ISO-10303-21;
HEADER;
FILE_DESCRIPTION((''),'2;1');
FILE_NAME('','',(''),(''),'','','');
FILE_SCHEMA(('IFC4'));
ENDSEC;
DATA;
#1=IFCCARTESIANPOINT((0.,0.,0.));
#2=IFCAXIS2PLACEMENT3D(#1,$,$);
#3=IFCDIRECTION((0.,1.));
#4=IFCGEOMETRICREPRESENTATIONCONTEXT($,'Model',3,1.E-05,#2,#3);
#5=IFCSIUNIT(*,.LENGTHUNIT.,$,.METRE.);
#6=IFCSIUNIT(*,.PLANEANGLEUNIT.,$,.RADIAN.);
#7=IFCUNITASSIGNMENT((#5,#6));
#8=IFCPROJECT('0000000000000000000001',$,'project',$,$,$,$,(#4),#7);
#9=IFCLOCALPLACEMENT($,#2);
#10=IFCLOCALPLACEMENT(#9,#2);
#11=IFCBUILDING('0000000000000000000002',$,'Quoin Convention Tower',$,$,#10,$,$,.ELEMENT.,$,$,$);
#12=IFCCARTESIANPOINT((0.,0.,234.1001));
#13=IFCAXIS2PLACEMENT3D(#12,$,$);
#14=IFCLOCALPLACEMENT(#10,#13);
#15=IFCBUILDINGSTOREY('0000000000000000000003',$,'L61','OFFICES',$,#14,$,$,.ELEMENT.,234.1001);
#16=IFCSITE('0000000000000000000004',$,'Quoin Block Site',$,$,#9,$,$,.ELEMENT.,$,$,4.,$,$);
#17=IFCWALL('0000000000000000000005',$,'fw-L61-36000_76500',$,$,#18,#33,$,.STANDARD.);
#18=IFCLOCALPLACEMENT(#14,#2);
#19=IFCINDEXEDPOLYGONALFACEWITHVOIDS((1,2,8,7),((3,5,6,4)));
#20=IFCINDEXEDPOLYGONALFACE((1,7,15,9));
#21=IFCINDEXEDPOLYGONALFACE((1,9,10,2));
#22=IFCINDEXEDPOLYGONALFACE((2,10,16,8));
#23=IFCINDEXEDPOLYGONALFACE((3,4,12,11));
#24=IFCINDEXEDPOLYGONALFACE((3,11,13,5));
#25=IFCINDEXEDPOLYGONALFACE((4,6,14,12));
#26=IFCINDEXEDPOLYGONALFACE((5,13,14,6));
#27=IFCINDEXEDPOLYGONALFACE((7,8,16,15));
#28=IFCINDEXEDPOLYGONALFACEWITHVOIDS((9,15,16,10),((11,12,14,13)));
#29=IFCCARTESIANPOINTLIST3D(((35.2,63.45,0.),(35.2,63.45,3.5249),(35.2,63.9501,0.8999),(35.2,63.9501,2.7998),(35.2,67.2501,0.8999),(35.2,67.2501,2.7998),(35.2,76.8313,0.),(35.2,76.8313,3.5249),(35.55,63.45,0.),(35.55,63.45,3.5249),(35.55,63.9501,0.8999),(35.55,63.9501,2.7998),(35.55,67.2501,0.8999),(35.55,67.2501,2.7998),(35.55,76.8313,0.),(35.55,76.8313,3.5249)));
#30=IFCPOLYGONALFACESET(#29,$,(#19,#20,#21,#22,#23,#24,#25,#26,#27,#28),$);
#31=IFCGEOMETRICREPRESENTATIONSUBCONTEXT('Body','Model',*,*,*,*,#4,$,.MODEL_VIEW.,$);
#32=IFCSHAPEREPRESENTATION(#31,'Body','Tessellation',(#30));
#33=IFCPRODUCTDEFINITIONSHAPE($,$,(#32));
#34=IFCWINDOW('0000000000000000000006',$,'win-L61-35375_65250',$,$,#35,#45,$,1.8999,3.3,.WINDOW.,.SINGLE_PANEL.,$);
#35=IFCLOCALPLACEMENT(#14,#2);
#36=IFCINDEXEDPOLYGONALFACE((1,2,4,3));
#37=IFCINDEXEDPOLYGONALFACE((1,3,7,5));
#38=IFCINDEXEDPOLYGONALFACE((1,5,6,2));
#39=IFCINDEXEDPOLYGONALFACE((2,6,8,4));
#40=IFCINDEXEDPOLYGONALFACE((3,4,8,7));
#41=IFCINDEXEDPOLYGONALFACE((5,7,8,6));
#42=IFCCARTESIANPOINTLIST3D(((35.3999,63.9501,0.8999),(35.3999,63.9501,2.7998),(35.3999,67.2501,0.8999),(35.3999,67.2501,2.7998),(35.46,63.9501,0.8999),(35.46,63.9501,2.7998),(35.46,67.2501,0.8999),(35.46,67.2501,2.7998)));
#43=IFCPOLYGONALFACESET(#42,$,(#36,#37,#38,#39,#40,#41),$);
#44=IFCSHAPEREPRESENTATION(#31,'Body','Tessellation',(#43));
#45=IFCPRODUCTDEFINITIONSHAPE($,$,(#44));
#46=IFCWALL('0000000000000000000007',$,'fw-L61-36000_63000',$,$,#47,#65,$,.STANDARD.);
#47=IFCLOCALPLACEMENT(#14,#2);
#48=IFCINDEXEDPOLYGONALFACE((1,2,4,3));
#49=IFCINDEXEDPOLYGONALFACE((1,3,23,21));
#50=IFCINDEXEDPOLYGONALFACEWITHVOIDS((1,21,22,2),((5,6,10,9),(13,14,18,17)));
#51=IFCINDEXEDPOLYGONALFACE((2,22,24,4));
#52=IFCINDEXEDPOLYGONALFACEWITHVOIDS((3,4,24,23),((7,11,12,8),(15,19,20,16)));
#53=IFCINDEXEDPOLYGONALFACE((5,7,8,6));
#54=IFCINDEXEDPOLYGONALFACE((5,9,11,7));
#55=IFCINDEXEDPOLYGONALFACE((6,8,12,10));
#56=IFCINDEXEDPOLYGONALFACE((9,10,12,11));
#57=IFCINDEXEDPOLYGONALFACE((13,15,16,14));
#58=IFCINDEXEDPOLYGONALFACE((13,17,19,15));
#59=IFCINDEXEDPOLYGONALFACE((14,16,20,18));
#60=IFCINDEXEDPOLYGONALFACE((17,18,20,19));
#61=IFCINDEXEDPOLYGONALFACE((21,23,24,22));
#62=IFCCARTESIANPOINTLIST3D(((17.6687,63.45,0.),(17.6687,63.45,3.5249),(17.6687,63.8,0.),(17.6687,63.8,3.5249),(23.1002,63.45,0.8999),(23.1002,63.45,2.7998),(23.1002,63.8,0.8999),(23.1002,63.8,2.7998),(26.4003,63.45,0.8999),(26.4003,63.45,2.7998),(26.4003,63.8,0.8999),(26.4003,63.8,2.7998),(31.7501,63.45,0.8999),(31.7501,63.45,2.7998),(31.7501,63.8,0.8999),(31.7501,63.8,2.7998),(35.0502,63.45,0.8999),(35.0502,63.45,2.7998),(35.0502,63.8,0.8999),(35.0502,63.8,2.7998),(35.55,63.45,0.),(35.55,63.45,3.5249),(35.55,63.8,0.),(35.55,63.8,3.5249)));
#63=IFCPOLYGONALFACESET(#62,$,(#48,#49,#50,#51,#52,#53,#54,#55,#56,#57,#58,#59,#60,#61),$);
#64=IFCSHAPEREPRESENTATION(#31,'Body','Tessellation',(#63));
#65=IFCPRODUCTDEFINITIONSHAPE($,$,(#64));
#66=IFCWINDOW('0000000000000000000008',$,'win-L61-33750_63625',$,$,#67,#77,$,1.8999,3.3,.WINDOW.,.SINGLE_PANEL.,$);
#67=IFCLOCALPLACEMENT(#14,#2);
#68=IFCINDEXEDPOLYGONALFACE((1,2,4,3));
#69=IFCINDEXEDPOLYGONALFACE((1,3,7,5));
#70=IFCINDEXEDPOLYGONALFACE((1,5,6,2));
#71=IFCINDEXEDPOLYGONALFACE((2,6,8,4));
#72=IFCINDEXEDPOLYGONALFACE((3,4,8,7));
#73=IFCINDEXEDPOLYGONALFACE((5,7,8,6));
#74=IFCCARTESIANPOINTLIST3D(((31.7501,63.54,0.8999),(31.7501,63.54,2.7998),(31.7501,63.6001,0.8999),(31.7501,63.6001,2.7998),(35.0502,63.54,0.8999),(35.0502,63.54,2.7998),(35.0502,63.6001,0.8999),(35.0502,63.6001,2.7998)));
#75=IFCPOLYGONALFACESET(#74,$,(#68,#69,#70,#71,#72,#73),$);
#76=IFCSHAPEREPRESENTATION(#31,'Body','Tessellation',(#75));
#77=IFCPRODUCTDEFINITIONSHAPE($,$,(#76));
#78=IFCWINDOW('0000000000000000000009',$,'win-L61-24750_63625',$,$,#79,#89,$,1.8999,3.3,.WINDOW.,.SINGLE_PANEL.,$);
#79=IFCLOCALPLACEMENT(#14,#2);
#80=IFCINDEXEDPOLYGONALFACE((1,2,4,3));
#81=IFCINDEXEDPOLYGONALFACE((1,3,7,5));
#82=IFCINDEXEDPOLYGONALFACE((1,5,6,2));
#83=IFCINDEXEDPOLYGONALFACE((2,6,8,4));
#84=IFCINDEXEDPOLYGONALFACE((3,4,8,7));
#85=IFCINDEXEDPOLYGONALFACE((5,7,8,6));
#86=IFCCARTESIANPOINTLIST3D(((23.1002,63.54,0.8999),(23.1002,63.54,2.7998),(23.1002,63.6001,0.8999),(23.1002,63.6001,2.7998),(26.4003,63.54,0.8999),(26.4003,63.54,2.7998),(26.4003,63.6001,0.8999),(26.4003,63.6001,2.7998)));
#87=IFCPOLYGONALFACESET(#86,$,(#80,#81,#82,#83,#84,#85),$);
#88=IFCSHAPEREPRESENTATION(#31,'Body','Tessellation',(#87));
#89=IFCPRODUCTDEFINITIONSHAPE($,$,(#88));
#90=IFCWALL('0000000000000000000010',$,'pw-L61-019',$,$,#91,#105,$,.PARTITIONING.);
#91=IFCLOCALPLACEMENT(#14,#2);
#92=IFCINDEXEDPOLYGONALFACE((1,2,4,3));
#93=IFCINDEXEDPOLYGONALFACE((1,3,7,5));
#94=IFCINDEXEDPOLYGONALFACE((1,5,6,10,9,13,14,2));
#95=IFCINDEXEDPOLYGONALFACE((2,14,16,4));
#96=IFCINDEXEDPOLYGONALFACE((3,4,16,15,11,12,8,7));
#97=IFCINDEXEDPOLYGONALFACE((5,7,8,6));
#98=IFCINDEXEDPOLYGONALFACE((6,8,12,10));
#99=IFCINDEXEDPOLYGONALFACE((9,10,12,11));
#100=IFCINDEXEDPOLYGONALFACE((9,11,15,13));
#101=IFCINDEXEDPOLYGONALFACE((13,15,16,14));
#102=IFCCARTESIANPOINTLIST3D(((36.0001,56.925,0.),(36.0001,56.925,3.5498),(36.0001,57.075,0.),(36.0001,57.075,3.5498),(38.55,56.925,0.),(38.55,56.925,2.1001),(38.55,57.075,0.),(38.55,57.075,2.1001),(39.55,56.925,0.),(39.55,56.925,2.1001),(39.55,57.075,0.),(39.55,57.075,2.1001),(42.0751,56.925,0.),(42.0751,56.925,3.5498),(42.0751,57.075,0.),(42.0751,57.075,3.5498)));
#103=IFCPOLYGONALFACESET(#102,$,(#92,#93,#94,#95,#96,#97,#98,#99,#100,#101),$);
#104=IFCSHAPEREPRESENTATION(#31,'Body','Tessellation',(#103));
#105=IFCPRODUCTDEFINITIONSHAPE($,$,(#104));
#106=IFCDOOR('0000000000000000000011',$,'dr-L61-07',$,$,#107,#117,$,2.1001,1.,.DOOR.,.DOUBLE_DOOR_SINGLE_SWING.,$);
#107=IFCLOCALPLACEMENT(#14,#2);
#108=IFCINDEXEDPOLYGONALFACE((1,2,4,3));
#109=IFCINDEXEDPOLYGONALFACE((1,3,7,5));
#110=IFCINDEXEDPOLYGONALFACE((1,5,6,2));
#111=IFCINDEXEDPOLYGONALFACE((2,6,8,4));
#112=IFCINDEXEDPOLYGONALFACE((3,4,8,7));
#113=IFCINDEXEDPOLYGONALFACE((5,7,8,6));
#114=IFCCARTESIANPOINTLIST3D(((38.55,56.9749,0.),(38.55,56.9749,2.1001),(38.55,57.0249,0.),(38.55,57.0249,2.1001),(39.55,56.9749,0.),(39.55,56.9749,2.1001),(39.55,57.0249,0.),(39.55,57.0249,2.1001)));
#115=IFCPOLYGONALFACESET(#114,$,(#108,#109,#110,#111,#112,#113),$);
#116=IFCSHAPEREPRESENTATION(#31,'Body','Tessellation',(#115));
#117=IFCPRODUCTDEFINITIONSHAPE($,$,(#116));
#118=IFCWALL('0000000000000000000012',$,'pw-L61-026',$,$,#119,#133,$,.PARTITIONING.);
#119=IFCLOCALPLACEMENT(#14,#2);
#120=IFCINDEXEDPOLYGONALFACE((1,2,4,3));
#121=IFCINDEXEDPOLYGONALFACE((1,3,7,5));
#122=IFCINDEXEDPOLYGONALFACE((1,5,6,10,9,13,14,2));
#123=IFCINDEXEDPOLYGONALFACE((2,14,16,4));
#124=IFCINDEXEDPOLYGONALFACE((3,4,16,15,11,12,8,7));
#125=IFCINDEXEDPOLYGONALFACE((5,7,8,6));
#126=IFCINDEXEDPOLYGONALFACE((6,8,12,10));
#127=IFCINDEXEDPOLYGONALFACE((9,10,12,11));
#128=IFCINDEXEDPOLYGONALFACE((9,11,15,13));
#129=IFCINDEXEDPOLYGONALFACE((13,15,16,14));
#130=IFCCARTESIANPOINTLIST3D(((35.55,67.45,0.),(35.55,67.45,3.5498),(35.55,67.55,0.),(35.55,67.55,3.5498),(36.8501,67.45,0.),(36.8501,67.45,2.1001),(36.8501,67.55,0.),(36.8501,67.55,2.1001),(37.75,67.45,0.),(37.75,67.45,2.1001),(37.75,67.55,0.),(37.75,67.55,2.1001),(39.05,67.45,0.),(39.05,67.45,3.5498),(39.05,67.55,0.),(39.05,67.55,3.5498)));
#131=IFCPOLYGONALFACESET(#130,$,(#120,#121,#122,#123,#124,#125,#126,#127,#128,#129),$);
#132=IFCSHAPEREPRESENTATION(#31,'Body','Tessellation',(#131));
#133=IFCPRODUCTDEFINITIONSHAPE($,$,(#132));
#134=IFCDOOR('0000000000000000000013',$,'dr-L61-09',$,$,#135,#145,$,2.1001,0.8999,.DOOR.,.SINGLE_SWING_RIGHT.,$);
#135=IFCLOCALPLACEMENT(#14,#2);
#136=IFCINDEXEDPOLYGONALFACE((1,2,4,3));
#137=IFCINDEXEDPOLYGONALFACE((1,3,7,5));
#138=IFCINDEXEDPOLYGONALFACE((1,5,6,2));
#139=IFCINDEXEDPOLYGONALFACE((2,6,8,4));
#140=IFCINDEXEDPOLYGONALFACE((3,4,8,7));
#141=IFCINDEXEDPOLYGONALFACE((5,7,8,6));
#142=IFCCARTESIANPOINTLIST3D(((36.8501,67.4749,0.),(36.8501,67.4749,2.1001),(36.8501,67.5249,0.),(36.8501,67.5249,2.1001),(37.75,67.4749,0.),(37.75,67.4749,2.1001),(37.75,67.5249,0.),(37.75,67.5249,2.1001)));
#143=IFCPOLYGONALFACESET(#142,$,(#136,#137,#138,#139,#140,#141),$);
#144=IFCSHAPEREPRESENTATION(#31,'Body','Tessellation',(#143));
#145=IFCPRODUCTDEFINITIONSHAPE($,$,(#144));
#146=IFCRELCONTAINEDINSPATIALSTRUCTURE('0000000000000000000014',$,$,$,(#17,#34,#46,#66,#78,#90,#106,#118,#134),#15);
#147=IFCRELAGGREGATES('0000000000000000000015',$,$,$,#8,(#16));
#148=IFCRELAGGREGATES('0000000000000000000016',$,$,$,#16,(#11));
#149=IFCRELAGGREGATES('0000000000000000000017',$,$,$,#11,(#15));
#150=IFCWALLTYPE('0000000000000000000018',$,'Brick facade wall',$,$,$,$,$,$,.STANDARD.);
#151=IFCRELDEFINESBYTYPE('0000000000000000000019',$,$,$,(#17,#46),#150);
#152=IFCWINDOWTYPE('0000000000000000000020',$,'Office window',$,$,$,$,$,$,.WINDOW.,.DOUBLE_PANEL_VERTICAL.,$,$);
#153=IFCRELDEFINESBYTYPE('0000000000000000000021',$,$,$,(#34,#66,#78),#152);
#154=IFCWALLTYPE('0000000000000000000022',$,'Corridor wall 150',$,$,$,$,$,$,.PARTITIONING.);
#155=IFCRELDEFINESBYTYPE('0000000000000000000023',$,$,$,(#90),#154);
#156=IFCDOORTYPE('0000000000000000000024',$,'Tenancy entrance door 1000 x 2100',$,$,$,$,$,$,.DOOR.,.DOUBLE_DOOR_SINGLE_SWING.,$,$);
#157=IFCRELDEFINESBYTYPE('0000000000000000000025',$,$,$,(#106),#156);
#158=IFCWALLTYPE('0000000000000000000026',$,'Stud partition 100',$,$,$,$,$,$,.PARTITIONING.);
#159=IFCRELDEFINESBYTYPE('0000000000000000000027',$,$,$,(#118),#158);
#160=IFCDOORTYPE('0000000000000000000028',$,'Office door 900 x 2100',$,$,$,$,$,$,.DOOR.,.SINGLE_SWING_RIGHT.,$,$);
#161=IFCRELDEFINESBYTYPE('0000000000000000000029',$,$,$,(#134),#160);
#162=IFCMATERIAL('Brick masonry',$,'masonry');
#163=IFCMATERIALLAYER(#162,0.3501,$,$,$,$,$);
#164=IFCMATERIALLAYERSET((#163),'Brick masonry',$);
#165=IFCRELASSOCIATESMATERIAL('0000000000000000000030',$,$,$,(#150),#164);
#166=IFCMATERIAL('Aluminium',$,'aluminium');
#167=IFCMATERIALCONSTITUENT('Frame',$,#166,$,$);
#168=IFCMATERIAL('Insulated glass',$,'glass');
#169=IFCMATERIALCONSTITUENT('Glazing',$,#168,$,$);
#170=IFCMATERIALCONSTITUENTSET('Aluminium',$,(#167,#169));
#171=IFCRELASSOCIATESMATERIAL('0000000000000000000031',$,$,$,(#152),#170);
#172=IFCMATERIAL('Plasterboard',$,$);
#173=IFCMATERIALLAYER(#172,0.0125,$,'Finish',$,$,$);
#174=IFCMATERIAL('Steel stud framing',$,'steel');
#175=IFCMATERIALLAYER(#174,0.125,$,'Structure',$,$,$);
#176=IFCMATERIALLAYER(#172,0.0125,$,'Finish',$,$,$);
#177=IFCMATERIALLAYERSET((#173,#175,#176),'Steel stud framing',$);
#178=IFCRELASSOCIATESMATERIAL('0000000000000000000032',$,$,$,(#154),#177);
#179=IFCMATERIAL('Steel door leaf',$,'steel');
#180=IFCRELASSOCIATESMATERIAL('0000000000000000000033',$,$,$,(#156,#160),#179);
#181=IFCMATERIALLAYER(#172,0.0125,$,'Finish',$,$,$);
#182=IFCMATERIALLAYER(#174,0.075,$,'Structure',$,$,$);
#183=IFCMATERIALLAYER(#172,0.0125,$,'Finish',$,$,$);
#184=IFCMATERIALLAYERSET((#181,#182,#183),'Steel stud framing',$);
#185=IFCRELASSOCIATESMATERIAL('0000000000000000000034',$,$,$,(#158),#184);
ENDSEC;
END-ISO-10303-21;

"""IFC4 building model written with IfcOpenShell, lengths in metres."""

from ifc_helpers import new_model, si_unit, direction, frame, frame_2d, origin, place, context, subcontext, project, spatial, rectangle, extrude, material, layer, layer_set, constituent, constituent_set, type_object, element, fill, save


model = new_model("IFC4")

# Units and contexts
model_context = context("Model", 3, precision=1e-05, world=origin(), true_north=direction((0.0, 1.0)))
body_context = subcontext(model_context, "Body", "Model", "MODEL_VIEW")
ifc_project = project(units=[si_unit("LENGTHUNIT", "METRE"), si_unit("PLANEANGLEUNIT", "RADIAN")], contexts=[model_context])

# Site, building, storey
site_placement = place(None, origin())
site = spatial("IfcSite", under=ifc_project, at=site_placement, Name="Quoin Block Site", CompositionType="ELEMENT", RefElevation=4.0)
building_placement = place(site_placement, origin())
building = spatial("IfcBuilding", under=site, at=building_placement, Name="Quoin Convention Tower", CompositionType="ELEMENT")
storey_placement = place(building_placement, frame((0.0, 0.0, 234.1001)))
storey = spatial("IfcBuildingStorey", under=building, at=storey_placement, Name="L61", Description="OFFICES", CompositionType="ELEMENT", Elevation=234.1001)

# Wall, opening, window
ifc_material_1 = material(Name="Brick masonry", Category="masonry")
ifc_layer_1 = layer(ifc_material_1, 0.3501)
ifc_layer_set_1 = layer_set([ifc_layer_1], Name="Brick masonry")
wall_type_1 = type_object("IfcWallType", Name="Brick facade wall", PredefinedType="STANDARD", material=ifc_layer_set_1)
wall_1_placement = place(storey_placement, frame((35.375, 76.8313, 0.0), z_axis=(0.0, 0.0, 1.0), x_axis=(0.0, -1.0, 0.0)))
wall_1 = element("IfcWall", 1, at=wall_1_placement, inside=storey, type_object=wall_type_1, Name="fw-L61-36000_76500", PredefinedType="STANDARD", context=body_context, shape_type="SweptSolid", body=[
    extrude(rectangle(XDim=13.3813, YDim=0.3501, at=frame_2d((6.6907, 0.0))), origin(), (0.0, 0.0, 1.0), 3.5249),
])
opening_1_placement = place(wall_1_placement, frame((9.5813, 0.0, 0.8999)))
opening_1 = element("IfcOpeningElement", 2, at=opening_1_placement, cuts=wall_1, PredefinedType="OPENING", context=body_context, shape_type="SweptSolid", body=[
    extrude(rectangle(XDim=3.3, YDim=1.8999, at=frame_2d((1.6499, 0.95))), frame((0.0, 0.1851, 0.0), z_axis=(0.0, -1.0, 0.0), x_axis=(1.0, 0.0, 0.0)), (0.0, 0.0, 1.0), 0.3701),
])
ifc_material_2 = material(Name="Aluminium", Category="aluminium")
ifc_constituent_1 = constituent(ifc_material_2, Name="Frame")
ifc_material_3 = material(Name="Insulated glass", Category="glass")
ifc_constituent_2 = constituent(ifc_material_3, Name="Glazing")
ifc_constituent_set = constituent_set(constituents=[ifc_constituent_1, ifc_constituent_2], Name="Aluminium")
window_type = type_object("IfcWindowType", Name="Office window", PartitioningType="DOUBLE_PANEL_VERTICAL", PredefinedType="WINDOW", material=ifc_constituent_set)
window_1_placement = place(opening_1_placement, origin())
window_1 = element("IfcWindow", 3, at=window_1_placement, inside=storey, type_object=window_type, Name="win-L61-35375_65250", OverallHeight=1.8999, OverallWidth=3.3, PartitioningType="SINGLE_PANEL", PredefinedType="WINDOW", context=body_context, shape_type="SweptSolid", body=[
    extrude(rectangle(XDim=3.3, YDim=1.8999, at=frame_2d((1.6499, 0.95))), frame((0.0, 0.085, 0.0), z_axis=(0.0, -1.0, 0.0), x_axis=(1.0, 0.0, 0.0)), (0.0, 0.0, 1.0), 0.0601),
])
fill(opening_1, window_1)

# Wall, openings, windows
wall_2_placement = place(storey_placement, frame((35.55, 63.625, 0.0), z_axis=(0.0, 0.0, 1.0), x_axis=(-1.0, 0.0, 0.0)))
wall_2 = element("IfcWall", 4, at=wall_2_placement, inside=storey, type_object=wall_type_1, Name="fw-L61-36000_63000", PredefinedType="STANDARD", context=body_context, shape_type="SweptSolid", body=[
    extrude(rectangle(XDim=17.8813, YDim=0.3501, at=frame_2d((8.9407, 0.0))), origin(), (0.0, 0.0, 1.0), 3.5249),
])
opening_2_placement = place(wall_2_placement, frame((0.5, 0.0, 0.8999)))
opening_2 = element("IfcOpeningElement", 5, at=opening_2_placement, cuts=wall_2, PredefinedType="OPENING", context=body_context, shape_type="SweptSolid", body=[
    extrude(rectangle(XDim=3.3, YDim=1.8999, at=frame_2d((1.6499, 0.95))), frame((0.0, 0.1851, 0.0), z_axis=(0.0, -1.0, 0.0), x_axis=(1.0, 0.0, 0.0)), (0.0, 0.0, 1.0), 0.3701),
])
opening_3_placement = place(wall_2_placement, frame((9.1499, 0.0, 0.8999)))
opening_3 = element("IfcOpeningElement", 6, at=opening_3_placement, cuts=wall_2, PredefinedType="OPENING", context=body_context, shape_type="SweptSolid", body=[
    extrude(rectangle(XDim=3.3, YDim=1.8999, at=frame_2d((1.6499, 0.95))), frame((0.0, 0.1851, 0.0), z_axis=(0.0, -1.0, 0.0), x_axis=(1.0, 0.0, 0.0)), (0.0, 0.0, 1.0), 0.3701),
])
window_2_placement = place(opening_2_placement, origin())
window_2 = element("IfcWindow", 7, at=window_2_placement, inside=storey, type_object=window_type, Name="win-L61-33750_63625", OverallHeight=1.8999, OverallWidth=3.3, PartitioningType="SINGLE_PANEL", PredefinedType="WINDOW", context=body_context, shape_type="SweptSolid", body=[
    extrude(rectangle(XDim=3.3, YDim=1.8999, at=frame_2d((1.6499, 0.95))), frame((0.0, 0.085, 0.0), z_axis=(0.0, -1.0, 0.0), x_axis=(1.0, 0.0, 0.0)), (0.0, 0.0, 1.0), 0.0601),
])
fill(opening_2, window_2)
window_3_placement = place(opening_3_placement, origin())
window_3 = element("IfcWindow", 8, at=window_3_placement, inside=storey, type_object=window_type, Name="win-L61-24750_63625", OverallHeight=1.8999, OverallWidth=3.3, PartitioningType="SINGLE_PANEL", PredefinedType="WINDOW", context=body_context, shape_type="SweptSolid", body=[
    extrude(rectangle(XDim=3.3, YDim=1.8999, at=frame_2d((1.6499, 0.95))), frame((0.0, 0.085, 0.0), z_axis=(0.0, -1.0, 0.0), x_axis=(1.0, 0.0, 0.0)), (0.0, 0.0, 1.0), 0.0601),
])
fill(opening_3, window_3)

# Walls, openings, doors
ifc_material_4 = material(Name="Plasterboard")
ifc_layer_2 = layer(ifc_material_4, 0.0125, Name="Finish")
ifc_material_5 = material(Name="Steel stud framing", Category="steel")
ifc_layer_3 = layer(ifc_material_5, 0.125, Name="Structure")
ifc_layer_4 = layer(ifc_material_4, 0.0125, Name="Finish")
ifc_layer_set_2 = layer_set([ifc_layer_2, ifc_layer_3, ifc_layer_4], Name="Steel stud framing")
wall_type_2 = type_object("IfcWallType", Name="Corridor wall 150", PredefinedType="PARTITIONING", material=ifc_layer_set_2)
wall_3_placement = place(storey_placement, frame((36.0, 57.0, 0.0), z_axis=(0.0, 0.0, 1.0), x_axis=(1.0, 0.0, 0.0)))
wall_3 = element("IfcWall", 9, at=wall_3_placement, inside=storey, type_object=wall_type_2, Name="pw-L61-019", PredefinedType="PARTITIONING", context=body_context, shape_type="SweptSolid", body=[
    extrude(rectangle(XDim=6.075, YDim=0.1499, at=frame_2d((3.0376, 0.0))), origin(), (0.0, 0.0, 1.0), 3.5498),
])
opening_4_placement = place(wall_3_placement, frame((2.55, 0.0, 0.0)))
opening_4 = element("IfcOpeningElement", 10, at=opening_4_placement, cuts=wall_3, PredefinedType="OPENING", context=body_context, shape_type="SweptSolid", body=[
    extrude(rectangle(XDim=1.0, YDim=2.1001, at=frame_2d((0.5, 1.05))), frame((0.0, 0.085, 0.0), z_axis=(0.0, -1.0, 0.0), x_axis=(1.0, 0.0, 0.0)), (0.0, 0.0, 1.0), 0.1699),
])
ifc_material_6 = material(Name="Steel door leaf", Category="steel")
door_type_1 = type_object("IfcDoorType", Name="Tenancy entrance door 1000 x 2100", OperationType="DOUBLE_DOOR_SINGLE_SWING", PredefinedType="DOOR", material=ifc_material_6)
door_1_placement = place(opening_4_placement, origin())
door_1 = element("IfcDoor", 11, at=door_1_placement, inside=storey, type_object=door_type_1, Name="dr-L61-07", OperationType="DOUBLE_DOOR_SINGLE_SWING", OverallHeight=2.1001, OverallWidth=1.0, PredefinedType="DOOR", context=body_context, shape_type="SweptSolid", body=[
    extrude(rectangle(XDim=1.0, YDim=2.1001, at=frame_2d((0.5, 1.05))), frame((0.0, 0.0249, 0.0), z_axis=(0.0, -1.0, 0.0), x_axis=(1.0, 0.0, 0.0)), (0.0, 0.0, 1.0), 0.05),
])
fill(opening_4, door_1)
ifc_layer_5 = layer(ifc_material_4, 0.0125, Name="Finish")
ifc_layer_6 = layer(ifc_material_5, 0.075, Name="Structure")
ifc_layer_7 = layer(ifc_material_4, 0.0125, Name="Finish")
ifc_layer_set_3 = layer_set([ifc_layer_5, ifc_layer_6, ifc_layer_7], Name="Steel stud framing")
wall_type_3 = type_object("IfcWallType", Name="Stud partition 100", PredefinedType="PARTITIONING", material=ifc_layer_set_3)
wall_4_placement = place(storey_placement, frame((35.55, 67.5, 0.0), z_axis=(0.0, 0.0, 1.0), x_axis=(1.0, 0.0, 0.0)))
wall_4 = element("IfcWall", 12, at=wall_4_placement, inside=storey, type_object=wall_type_3, Name="pw-L61-026", PredefinedType="PARTITIONING", context=body_context, shape_type="SweptSolid", body=[
    extrude(rectangle(XDim=3.5, YDim=0.1001, at=frame_2d((1.75, 0.0))), origin(), (0.0, 0.0, 1.0), 3.5498),
])
opening_5_placement = place(wall_4_placement, frame((1.3, 0.0, 0.0)))
opening_5 = element("IfcOpeningElement", 13, at=opening_5_placement, cuts=wall_4, PredefinedType="OPENING", context=body_context, shape_type="SweptSolid", body=[
    extrude(rectangle(XDim=0.8999, YDim=2.1001, at=frame_2d((0.45, 1.05))), frame((0.0, 0.0601, 0.0), z_axis=(0.0, -1.0, 0.0), x_axis=(1.0, 0.0, 0.0)), (0.0, 0.0, 1.0), 0.1201),
])
door_type_2 = type_object("IfcDoorType", Name="Office door 900 x 2100", OperationType="SINGLE_SWING_RIGHT", PredefinedType="DOOR", material=ifc_material_6)
door_2_placement = place(opening_5_placement, origin())
door_2 = element("IfcDoor", 14, at=door_2_placement, inside=storey, type_object=door_type_2, Name="dr-L61-09", OperationType="SINGLE_SWING_RIGHT", OverallHeight=2.1001, OverallWidth=0.8999, PredefinedType="DOOR", context=body_context, shape_type="SweptSolid", body=[
    extrude(rectangle(XDim=0.8999, YDim=2.1001, at=frame_2d((0.45, 1.05))), frame((0.0, 0.0249, 0.0), z_axis=(0.0, -1.0, 0.0), x_axis=(1.0, 0.0, 0.0)), (0.0, 0.0, 1.0), 0.05),
])
fill(opening_5, door_2)

save(model, "model.ifc")
